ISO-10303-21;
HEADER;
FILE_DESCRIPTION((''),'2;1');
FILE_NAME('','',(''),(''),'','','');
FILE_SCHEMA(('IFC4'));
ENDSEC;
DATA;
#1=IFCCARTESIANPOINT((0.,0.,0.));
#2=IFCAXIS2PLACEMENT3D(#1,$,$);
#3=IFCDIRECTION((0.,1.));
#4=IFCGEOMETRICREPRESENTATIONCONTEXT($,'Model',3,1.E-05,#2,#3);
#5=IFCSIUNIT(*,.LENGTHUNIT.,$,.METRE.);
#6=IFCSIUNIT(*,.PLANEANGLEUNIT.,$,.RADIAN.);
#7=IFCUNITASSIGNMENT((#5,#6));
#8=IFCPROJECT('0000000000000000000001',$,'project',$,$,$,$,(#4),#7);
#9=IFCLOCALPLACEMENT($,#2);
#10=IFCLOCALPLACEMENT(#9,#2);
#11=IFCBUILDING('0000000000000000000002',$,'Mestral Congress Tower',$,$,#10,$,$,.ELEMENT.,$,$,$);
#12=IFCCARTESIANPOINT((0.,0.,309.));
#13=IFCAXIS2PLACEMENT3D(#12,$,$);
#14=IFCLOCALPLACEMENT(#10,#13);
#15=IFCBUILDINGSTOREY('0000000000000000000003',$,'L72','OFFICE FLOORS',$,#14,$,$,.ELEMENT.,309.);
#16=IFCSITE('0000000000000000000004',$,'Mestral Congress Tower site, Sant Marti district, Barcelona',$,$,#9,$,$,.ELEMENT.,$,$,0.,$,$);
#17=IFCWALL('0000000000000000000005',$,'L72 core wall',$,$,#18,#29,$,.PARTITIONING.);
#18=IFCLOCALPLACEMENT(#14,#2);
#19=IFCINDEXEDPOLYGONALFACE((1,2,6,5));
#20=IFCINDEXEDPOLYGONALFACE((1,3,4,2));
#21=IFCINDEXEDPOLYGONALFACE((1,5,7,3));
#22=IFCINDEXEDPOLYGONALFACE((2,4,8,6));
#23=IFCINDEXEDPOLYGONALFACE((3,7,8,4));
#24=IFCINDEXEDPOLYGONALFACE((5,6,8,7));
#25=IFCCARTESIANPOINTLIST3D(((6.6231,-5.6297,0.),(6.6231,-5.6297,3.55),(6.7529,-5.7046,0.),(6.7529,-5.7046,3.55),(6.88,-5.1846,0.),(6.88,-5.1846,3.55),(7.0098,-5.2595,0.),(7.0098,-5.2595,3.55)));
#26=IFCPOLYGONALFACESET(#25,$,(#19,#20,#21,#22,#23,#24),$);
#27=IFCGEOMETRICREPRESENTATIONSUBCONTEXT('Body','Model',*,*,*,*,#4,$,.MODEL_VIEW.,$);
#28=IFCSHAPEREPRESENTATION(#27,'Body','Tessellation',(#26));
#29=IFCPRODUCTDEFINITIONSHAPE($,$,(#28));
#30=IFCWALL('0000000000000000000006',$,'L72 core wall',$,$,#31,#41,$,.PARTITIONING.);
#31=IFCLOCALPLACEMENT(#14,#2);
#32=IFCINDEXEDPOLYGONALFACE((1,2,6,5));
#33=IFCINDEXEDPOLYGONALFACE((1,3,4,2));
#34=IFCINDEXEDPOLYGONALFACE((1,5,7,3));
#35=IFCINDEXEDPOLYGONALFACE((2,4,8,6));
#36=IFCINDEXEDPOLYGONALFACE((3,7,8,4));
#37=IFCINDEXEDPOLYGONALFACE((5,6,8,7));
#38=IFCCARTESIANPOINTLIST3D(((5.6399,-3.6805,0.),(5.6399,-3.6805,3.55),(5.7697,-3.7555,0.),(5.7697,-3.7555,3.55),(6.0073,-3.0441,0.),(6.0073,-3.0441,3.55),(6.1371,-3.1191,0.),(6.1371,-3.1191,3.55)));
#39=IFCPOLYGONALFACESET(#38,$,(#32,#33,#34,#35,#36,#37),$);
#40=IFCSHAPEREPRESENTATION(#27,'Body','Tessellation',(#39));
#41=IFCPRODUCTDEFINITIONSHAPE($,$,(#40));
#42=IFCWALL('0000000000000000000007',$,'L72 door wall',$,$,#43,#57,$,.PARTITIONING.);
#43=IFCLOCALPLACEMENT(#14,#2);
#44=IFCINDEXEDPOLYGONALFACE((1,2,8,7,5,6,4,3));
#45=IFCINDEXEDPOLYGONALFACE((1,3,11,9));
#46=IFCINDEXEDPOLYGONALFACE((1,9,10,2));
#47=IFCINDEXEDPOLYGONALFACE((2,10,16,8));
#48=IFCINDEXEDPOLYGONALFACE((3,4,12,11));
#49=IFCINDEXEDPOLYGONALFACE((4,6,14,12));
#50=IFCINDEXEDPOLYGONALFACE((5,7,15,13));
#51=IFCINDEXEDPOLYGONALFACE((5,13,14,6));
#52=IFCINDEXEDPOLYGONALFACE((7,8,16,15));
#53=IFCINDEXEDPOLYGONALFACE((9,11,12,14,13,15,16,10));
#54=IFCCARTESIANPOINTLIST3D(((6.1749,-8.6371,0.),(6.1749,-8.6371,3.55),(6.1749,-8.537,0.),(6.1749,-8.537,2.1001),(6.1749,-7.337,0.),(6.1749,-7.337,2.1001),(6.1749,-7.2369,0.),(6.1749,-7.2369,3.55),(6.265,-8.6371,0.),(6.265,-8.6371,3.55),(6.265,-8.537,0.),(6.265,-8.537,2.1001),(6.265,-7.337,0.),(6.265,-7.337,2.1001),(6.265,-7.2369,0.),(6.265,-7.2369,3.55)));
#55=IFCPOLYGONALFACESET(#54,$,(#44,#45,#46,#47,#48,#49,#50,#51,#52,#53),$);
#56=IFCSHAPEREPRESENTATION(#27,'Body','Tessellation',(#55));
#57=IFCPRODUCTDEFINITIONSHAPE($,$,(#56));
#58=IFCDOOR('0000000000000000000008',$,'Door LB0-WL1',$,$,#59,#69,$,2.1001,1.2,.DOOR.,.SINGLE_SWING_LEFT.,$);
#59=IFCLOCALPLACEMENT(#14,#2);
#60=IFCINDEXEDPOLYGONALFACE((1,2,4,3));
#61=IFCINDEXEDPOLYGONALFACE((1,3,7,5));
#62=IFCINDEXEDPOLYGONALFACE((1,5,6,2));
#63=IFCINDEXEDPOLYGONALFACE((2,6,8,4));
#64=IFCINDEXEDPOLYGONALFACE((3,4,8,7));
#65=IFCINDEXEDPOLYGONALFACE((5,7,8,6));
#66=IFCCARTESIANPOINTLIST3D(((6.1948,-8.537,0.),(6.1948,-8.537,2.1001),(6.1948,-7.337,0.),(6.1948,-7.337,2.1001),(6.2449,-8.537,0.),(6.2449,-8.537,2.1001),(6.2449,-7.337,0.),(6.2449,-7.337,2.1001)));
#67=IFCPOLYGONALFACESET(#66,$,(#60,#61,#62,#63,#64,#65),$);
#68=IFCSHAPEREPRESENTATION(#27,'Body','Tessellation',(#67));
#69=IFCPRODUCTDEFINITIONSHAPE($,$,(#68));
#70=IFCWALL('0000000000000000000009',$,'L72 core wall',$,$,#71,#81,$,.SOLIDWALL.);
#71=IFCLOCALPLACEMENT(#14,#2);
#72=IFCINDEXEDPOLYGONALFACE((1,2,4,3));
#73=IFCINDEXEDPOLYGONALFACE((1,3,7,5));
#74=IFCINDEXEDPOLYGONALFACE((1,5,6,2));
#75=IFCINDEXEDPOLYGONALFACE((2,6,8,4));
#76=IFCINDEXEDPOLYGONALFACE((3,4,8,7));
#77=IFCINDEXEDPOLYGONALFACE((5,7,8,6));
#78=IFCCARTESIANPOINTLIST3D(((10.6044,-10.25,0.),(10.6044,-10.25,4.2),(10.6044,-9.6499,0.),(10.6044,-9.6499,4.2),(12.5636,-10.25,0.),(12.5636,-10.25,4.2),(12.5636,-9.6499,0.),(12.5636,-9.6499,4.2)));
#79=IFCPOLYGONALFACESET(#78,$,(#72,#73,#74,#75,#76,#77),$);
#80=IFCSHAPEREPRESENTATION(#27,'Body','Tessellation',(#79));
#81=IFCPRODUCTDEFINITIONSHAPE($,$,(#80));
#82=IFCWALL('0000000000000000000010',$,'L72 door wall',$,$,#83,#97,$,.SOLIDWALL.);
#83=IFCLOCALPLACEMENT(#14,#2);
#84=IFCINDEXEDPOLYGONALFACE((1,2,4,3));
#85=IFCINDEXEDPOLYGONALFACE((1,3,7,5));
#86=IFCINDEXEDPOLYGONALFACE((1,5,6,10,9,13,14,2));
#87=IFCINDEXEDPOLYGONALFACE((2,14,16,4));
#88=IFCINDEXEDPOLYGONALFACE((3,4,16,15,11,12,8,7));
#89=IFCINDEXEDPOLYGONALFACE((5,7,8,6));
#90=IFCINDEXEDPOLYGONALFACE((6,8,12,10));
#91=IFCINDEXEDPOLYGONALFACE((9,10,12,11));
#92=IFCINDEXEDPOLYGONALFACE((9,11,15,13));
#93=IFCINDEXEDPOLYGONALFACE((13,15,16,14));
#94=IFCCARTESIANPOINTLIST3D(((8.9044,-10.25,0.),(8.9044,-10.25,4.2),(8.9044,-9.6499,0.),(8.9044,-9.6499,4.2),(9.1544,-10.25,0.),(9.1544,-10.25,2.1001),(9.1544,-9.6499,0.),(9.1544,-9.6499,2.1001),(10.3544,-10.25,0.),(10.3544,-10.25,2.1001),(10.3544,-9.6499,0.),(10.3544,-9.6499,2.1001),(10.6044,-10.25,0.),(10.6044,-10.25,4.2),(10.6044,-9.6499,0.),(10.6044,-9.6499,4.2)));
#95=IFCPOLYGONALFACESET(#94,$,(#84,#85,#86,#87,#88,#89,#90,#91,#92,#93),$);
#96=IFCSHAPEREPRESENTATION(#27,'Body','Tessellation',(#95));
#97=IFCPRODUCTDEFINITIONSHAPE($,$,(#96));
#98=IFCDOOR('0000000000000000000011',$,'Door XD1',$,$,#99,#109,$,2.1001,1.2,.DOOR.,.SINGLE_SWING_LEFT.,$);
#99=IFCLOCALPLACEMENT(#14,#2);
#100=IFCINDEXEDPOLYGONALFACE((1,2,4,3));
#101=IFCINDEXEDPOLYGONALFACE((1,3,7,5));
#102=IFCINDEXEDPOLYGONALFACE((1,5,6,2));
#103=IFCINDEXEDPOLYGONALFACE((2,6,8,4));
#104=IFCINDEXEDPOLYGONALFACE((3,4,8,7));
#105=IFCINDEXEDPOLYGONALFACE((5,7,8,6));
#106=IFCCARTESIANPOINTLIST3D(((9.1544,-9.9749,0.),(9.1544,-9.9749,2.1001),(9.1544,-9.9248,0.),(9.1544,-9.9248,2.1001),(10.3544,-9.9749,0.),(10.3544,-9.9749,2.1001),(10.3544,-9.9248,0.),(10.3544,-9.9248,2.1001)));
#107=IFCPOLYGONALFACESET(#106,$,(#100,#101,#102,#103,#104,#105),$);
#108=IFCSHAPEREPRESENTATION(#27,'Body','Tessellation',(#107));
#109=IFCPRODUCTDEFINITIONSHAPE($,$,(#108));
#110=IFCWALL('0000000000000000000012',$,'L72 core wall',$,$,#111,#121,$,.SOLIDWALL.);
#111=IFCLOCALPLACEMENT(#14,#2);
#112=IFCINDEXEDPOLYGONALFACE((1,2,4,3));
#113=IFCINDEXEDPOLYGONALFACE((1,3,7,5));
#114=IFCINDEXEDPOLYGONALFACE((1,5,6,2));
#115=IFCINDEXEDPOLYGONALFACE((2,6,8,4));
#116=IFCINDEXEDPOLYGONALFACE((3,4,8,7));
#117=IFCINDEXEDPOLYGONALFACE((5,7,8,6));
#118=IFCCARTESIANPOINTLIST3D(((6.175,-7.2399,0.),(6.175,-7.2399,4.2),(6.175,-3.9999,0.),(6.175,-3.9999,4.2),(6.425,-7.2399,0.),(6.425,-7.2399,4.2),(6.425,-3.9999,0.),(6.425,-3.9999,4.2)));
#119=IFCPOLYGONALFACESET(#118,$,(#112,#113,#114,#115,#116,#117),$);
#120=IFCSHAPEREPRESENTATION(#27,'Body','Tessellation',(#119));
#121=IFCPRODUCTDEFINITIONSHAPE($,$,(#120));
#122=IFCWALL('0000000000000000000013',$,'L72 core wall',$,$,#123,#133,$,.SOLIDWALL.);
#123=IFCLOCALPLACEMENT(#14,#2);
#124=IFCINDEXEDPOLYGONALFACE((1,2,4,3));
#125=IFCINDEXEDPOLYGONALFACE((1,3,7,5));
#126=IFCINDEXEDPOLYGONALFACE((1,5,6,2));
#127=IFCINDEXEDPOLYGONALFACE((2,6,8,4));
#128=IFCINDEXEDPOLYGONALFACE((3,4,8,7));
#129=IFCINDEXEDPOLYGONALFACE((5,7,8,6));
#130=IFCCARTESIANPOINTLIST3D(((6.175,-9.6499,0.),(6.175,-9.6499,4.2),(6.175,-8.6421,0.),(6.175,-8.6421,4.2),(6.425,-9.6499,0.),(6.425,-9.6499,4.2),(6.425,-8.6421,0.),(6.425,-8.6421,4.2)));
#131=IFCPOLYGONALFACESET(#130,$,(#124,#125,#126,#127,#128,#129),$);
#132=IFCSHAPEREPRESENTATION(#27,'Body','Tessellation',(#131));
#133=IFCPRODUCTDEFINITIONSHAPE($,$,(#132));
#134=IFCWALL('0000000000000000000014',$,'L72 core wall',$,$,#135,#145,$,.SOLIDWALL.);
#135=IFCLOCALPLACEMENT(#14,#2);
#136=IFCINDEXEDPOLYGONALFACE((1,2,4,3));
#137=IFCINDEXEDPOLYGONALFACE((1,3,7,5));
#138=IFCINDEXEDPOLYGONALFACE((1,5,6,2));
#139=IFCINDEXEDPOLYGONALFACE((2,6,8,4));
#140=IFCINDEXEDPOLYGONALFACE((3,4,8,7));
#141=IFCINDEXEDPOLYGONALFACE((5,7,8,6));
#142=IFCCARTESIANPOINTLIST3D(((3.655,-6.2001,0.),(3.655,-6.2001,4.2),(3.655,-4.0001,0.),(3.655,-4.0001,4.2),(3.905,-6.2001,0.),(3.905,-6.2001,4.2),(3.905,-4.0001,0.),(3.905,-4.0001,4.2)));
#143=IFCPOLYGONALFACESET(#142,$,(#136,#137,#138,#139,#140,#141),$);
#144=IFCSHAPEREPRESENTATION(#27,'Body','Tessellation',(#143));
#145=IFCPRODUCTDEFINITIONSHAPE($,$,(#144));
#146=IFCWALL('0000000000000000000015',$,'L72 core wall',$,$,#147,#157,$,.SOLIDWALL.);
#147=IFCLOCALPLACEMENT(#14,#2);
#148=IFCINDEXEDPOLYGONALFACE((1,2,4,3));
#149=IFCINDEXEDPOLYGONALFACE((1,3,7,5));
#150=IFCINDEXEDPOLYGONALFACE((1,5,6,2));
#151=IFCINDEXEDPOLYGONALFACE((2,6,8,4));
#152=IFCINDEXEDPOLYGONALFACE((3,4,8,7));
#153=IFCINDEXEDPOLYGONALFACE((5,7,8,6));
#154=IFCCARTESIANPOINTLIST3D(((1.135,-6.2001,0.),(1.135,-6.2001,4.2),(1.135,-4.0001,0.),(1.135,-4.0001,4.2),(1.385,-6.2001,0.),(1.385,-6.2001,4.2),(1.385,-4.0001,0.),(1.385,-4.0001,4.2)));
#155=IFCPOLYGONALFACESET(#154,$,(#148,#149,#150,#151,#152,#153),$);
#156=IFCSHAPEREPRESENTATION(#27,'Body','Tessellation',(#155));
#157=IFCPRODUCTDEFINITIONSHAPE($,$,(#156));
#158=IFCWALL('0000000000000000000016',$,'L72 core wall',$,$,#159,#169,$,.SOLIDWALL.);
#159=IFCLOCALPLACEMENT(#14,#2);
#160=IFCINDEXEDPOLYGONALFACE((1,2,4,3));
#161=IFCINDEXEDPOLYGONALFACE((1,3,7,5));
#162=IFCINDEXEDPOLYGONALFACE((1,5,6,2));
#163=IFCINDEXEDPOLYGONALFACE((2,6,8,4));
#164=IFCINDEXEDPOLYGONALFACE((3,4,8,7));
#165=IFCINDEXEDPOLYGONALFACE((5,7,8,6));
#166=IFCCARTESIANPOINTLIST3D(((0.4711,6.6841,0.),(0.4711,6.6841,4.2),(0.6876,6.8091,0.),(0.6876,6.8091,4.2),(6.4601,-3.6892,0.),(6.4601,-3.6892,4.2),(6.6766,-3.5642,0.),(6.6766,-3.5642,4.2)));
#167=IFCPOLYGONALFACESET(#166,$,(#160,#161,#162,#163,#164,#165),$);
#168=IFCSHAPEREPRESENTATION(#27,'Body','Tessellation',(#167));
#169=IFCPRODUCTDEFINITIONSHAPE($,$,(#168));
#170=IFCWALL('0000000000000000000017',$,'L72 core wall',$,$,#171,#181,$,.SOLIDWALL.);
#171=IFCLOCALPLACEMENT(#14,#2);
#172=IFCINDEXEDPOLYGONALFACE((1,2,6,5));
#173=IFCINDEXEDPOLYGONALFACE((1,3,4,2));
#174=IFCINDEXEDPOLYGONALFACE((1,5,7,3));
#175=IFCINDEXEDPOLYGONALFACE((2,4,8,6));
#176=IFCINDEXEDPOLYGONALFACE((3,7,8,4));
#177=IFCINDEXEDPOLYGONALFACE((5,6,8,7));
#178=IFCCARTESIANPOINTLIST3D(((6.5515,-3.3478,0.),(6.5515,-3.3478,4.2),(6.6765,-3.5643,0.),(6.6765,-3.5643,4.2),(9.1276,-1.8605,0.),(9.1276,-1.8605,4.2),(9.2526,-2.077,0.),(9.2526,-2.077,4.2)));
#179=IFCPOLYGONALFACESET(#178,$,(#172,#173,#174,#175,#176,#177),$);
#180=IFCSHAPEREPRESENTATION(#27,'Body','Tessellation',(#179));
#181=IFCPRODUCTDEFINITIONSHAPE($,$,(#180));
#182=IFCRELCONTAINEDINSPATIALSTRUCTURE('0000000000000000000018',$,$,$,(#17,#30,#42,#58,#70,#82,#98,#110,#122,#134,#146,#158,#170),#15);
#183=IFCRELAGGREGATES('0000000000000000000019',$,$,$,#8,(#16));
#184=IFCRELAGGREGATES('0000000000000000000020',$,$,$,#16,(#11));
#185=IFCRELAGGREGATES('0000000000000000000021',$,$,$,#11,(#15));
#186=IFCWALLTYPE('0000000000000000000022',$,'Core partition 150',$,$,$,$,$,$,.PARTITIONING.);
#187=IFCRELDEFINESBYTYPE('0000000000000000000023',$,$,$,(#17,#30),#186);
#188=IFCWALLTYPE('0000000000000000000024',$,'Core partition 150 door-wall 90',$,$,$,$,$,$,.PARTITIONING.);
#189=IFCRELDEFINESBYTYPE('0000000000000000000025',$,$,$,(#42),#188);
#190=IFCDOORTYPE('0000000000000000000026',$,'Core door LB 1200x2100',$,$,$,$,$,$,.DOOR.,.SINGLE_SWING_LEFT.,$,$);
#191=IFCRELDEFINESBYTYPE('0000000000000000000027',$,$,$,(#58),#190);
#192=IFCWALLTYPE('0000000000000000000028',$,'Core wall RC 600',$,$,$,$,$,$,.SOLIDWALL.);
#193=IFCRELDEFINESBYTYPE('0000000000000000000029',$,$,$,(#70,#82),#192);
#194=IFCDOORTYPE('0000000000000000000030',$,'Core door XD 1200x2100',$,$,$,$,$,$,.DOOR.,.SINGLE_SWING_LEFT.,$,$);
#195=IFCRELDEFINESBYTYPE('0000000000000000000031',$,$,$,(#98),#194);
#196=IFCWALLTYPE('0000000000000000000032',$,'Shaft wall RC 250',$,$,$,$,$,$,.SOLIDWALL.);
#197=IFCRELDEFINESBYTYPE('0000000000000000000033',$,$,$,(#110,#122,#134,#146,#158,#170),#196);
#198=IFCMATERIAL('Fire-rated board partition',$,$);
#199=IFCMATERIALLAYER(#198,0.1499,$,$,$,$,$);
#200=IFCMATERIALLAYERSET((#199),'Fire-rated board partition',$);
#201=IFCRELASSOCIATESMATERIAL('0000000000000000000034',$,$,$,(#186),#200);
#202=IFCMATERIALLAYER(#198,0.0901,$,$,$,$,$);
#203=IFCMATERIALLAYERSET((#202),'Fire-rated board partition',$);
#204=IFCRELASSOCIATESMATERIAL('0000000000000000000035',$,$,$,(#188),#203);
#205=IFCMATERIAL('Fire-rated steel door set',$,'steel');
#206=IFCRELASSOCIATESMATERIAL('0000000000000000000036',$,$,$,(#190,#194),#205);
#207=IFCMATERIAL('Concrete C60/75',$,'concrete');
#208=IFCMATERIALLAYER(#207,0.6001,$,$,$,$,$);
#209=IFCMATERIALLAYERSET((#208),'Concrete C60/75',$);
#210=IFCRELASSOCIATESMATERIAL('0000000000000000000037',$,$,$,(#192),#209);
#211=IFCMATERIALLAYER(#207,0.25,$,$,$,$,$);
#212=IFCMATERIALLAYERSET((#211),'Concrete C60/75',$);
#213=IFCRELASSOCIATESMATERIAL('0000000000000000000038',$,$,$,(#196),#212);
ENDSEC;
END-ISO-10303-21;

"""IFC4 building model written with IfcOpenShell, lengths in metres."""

from ifc_helpers import new_model, si_unit, direction, frame, frame_2d, origin, place, context, subcontext, project, spatial, rectangle, extrude, material, layer, layer_set, type_object, element, fill, save


model = new_model("IFC4")

# Units and contexts
model_context = context("Model", 3, precision=1e-05, world=origin(), true_north=direction((0.0, 1.0)))
body_context = subcontext(model_context, "Body", "Model", "MODEL_VIEW")
ifc_project = project(units=[si_unit("LENGTHUNIT", "METRE"), si_unit("PLANEANGLEUNIT", "RADIAN")], contexts=[model_context])

# Site, building, storey
site_placement = place(None, origin())
site = spatial("IfcSite", under=ifc_project, at=site_placement, Name="Mestral Congress Tower site, Sant Marti district, Barcelona", CompositionType="ELEMENT", RefElevation=0.0)
building_placement = place(site_placement, origin())
building = spatial("IfcBuilding", under=site, at=building_placement, Name="Mestral Congress Tower", CompositionType="ELEMENT")
storey_placement = place(building_placement, frame((0.0, 0.0, 309.0)))
storey = spatial("IfcBuildingStorey", under=building, at=storey_placement, Name="L72", Description="OFFICE FLOORS", CompositionType="ELEMENT", Elevation=309.0)

# Walls
ifc_material_1 = material(Name="Fire-rated board partition")
ifc_layer_1 = layer(ifc_material_1, 0.1499)
ifc_layer_set_1 = layer_set([ifc_layer_1], Name="Fire-rated board partition")
wall_type_1 = type_object("IfcWallType", Name="Core partition 150", PredefinedType="PARTITIONING", material=ifc_layer_set_1)
wall_1_placement = place(storey_placement, frame((6.9448, -5.2222, 0.0), z_axis=(0.0, 0.0, 1.0), x_axis=(-0.499818, -0.86613, 0.0)))
element("IfcWall", 1, at=wall_1_placement, inside=storey, type_object=wall_type_1, Name="L72 core wall", PredefinedType="PARTITIONING", context=body_context, shape_type="SweptSolid", body=[
    extrude(rectangle(XDim=0.5139, YDim=0.1499, at=frame_2d((0.2568, 0.0))), origin(), (0.0, 0.0, 1.0), 3.55),
])
wall_2_placement = place(storey_placement, frame((5.7048, -3.718, 0.0), z_axis=(0.0, 0.0, 1.0), x_axis=(0.499962, 0.866047, 0.0)))
element("IfcWall", 2, at=wall_2_placement, inside=storey, type_object=wall_type_1, Name="L72 core wall", PredefinedType="PARTITIONING", context=body_context, shape_type="SweptSolid", body=[
    extrude(rectangle(XDim=0.7349, YDim=0.1499, at=frame_2d((0.3674, 0.0))), origin(), (0.0, 0.0, 1.0), 3.55),
])

# Wall, opening, door
ifc_layer_2 = layer(ifc_material_1, 0.0901)
ifc_layer_set_2 = layer_set([ifc_layer_2], Name="Fire-rated board partition")
wall_type_2 = type_object("IfcWallType", Name="Core partition 150 door-wall 90", PredefinedType="PARTITIONING", material=ifc_layer_set_2)
wall_3_placement = place(storey_placement, frame((6.22, -7.2368, 0.0), z_axis=(0.0, 0.0, 1.0), x_axis=(0.0, -1.0, 0.0)))
wall_3 = element("IfcWall", 3, at=wall_3_placement, inside=storey, type_object=wall_type_2, Name="L72 door wall", PredefinedType="PARTITIONING", context=body_context, shape_type="SweptSolid", body=[
    extrude(rectangle(XDim=1.4001, YDim=0.0901, at=frame_2d((0.7002, 0.0))), origin(), (0.0, 0.0, 1.0), 3.55),
])
opening_1_placement = place(wall_3_placement, frame((0.1001, 0.0, 0.0)))
opening_1 = element("IfcOpeningElement", 4, at=opening_1_placement, cuts=wall_3, PredefinedType="OPENING", context=body_context, shape_type="SweptSolid", body=[
    extrude(rectangle(XDim=1.2, YDim=2.1001, at=frame_2d((0.6001, 1.05))), frame((0.0, 0.0549, 0.0), z_axis=(0.0, -1.0, 0.0), x_axis=(1.0, 0.0, 0.0)), (0.0, 0.0, 1.0), 0.1101),
])
ifc_material_2 = material(Name="Fire-rated steel door set", Category="steel")
door_type_1 = type_object("IfcDoorType", Name="Core door LB 1200x2100", OperationType="SINGLE_SWING_LEFT", PredefinedType="DOOR", material=ifc_material_2)
door_1_placement = place(opening_1_placement, origin())
door_1 = element("IfcDoor", 5, at=door_1_placement, inside=storey, type_object=door_type_1, Name="Door LB0-WL1", OperationType="SINGLE_SWING_LEFT", OverallHeight=2.1001, OverallWidth=1.2, PredefinedType="DOOR", context=body_context, shape_type="SweptSolid", body=[
    extrude(rectangle(XDim=1.2, YDim=2.1001, at=frame_2d((0.6001, 1.05))), frame((0.0, 0.0249, 0.0), z_axis=(0.0, -1.0, 0.0), x_axis=(1.0, 0.0, 0.0)), (0.0, 0.0, 1.0), 0.05),
])
fill(opening_1, door_1)

# Wall
ifc_material_3 = material(Name="Concrete C60/75", Category="concrete")
ifc_layer_3 = layer(ifc_material_3, 0.6001)
ifc_layer_set_3 = layer_set([ifc_layer_3], Name="Concrete C60/75")
wall_type_3 = type_object("IfcWallType", Name="Core wall RC 600", PredefinedType="SOLIDWALL", material=ifc_layer_set_3)
wall_4_placement = place(storey_placement, frame((10.6045, -9.95, 0.0), z_axis=(0.0, 0.0, 1.0), x_axis=(1.0, 0.0, 0.0)))
element("IfcWall", 6, at=wall_4_placement, inside=storey, type_object=wall_type_3, Name="L72 core wall", PredefinedType="SOLIDWALL", context=body_context, shape_type="SweptSolid", body=[
    extrude(rectangle(XDim=1.9592, YDim=0.6001, at=frame_2d((0.9795, 0.0))), origin(), (0.0, 0.0, 1.0), 4.2),
])

# Wall, opening, door
wall_5_placement = place(storey_placement, frame((10.6045, -9.95, 0.0), z_axis=(0.0, 0.0, 1.0), x_axis=(-1.0, 0.0, 0.0)))
wall_5 = element("IfcWall", 7, at=wall_5_placement, inside=storey, type_object=wall_type_3, Name="L72 door wall", PredefinedType="SOLIDWALL", context=body_context, shape_type="SweptSolid", body=[
    extrude(rectangle(XDim=1.7, YDim=0.6001, at=frame_2d((0.8501, 0.0))), origin(), (0.0, 0.0, 1.0), 4.2),
])
opening_2_placement = place(wall_5_placement, frame((0.25, 0.0, 0.0)))
opening_2 = element("IfcOpeningElement", 8, at=opening_2_placement, cuts=wall_5, PredefinedType="OPENING", context=body_context, shape_type="SweptSolid", body=[
    extrude(rectangle(XDim=1.2, YDim=2.1001, at=frame_2d((0.6001, 1.05))), frame((0.0, 0.3101, 0.0), z_axis=(0.0, -1.0, 0.0), x_axis=(1.0, 0.0, 0.0)), (0.0, 0.0, 1.0), 0.6201),
])
door_type_2 = type_object("IfcDoorType", Name="Core door XD 1200x2100", OperationType="SINGLE_SWING_LEFT", PredefinedType="DOOR", material=ifc_material_2)
door_2_placement = place(opening_2_placement, origin())
door_2 = element("IfcDoor", 9, at=door_2_placement, inside=storey, type_object=door_type_2, Name="Door XD1", OperationType="SINGLE_SWING_LEFT", OverallHeight=2.1001, OverallWidth=1.2, PredefinedType="DOOR", context=body_context, shape_type="SweptSolid", body=[
    extrude(rectangle(XDim=1.2, YDim=2.1001, at=frame_2d((0.6001, 1.05))), frame((0.0, 0.0249, 0.0), z_axis=(0.0, -1.0, 0.0), x_axis=(1.0, 0.0, 0.0)), (0.0, 0.0, 1.0), 0.05),
])
fill(opening_2, door_2)

# Walls
ifc_layer_4 = layer(ifc_material_3, 0.25)
ifc_layer_set_4 = layer_set([ifc_layer_4], Name="Concrete C60/75")
wall_type_4 = type_object("IfcWallType", Name="Shaft wall RC 250", PredefinedType="SOLIDWALL", material=ifc_layer_set_4)
wall_6_placement = place(storey_placement, frame((6.3, -7.24, 0.0), z_axis=(0.0, 0.0, 1.0), x_axis=(0.0, 1.0, 0.0)))
element("IfcWall", 10, at=wall_6_placement, inside=storey, type_object=wall_type_4, Name="L72 core wall", PredefinedType="SOLIDWALL", context=body_context, shape_type="SweptSolid", body=[
    extrude(rectangle(XDim=3.24, YDim=0.25, at=frame_2d((1.6201, 0.0))), origin(), (0.0, 0.0, 1.0), 4.2),
])
wall_7_placement = place(storey_placement, frame((6.3, -9.6499, 0.0), z_axis=(0.0, 0.0, 1.0), x_axis=(0.0, 1.0, 0.0)))
element("IfcWall", 11, at=wall_7_placement, inside=storey, type_object=wall_type_4, Name="L72 core wall", PredefinedType="SOLIDWALL", context=body_context, shape_type="SweptSolid", body=[
    extrude(rectangle(XDim=1.0078, YDim=0.25, at=frame_2d((0.5039, 0.0))), origin(), (0.0, 0.0, 1.0), 4.2),
])
for number, where, z_axis, x_axis, name in (
    (12, (3.78, -4.0, 0.0), (0.0, 0.0, 1.0), (0.0, -1.0, 0.0), "L72 core wall"),
    (13, (1.26, -4.0, 0.0), (0.0, 0.0, 1.0), (0.0, -1.0, 0.0), "L72 core wall"),
):
    element("IfcWall", number, at=place(storey_placement, frame(where, z_axis=z_axis, x_axis=x_axis)), inside=storey, type_object=wall_type_4, Name=name, PredefinedType="SOLIDWALL", context=body_context, shape_type="SweptSolid", body=[
        extrude(rectangle(XDim=2.2, YDim=0.25, at=frame_2d((1.1001, 0.0))), origin(), (0.0, 0.0, 1.0), 4.2),
    ])
wall_8_placement = place(storey_placement, frame((6.5684, -3.6267, 0.0), z_axis=(0.0, 0.0, 1.0), x_axis=(-0.499999, 0.866026, 0.0)))
element("IfcWall", 14, at=wall_8_placement, inside=storey, type_object=wall_type_4, Name="L72 core wall", PredefinedType="SOLIDWALL", context=body_context, shape_type="SweptSolid", body=[
    extrude(rectangle(XDim=11.978, YDim=0.25, at=frame_2d((5.989, 0.0))), origin(), (0.0, 0.0, 1.0), 4.2),
])
wall_9_placement = place(storey_placement, frame((6.614, -3.4561, 0.0), z_axis=(0.0, 0.0, 1.0), x_axis=(0.866033, 0.499988, 0.0)))
element("IfcWall", 15, at=wall_9_placement, inside=storey, type_object=wall_type_4, Name="L72 core wall", PredefinedType="SOLIDWALL", context=body_context, shape_type="SweptSolid", body=[
    extrude(rectangle(XDim=2.9746, YDim=0.25, at=frame_2d((1.4873, 0.0))), origin(), (0.0, 0.0, 1.0), 4.2),
])

save(model, "model.ifc")
